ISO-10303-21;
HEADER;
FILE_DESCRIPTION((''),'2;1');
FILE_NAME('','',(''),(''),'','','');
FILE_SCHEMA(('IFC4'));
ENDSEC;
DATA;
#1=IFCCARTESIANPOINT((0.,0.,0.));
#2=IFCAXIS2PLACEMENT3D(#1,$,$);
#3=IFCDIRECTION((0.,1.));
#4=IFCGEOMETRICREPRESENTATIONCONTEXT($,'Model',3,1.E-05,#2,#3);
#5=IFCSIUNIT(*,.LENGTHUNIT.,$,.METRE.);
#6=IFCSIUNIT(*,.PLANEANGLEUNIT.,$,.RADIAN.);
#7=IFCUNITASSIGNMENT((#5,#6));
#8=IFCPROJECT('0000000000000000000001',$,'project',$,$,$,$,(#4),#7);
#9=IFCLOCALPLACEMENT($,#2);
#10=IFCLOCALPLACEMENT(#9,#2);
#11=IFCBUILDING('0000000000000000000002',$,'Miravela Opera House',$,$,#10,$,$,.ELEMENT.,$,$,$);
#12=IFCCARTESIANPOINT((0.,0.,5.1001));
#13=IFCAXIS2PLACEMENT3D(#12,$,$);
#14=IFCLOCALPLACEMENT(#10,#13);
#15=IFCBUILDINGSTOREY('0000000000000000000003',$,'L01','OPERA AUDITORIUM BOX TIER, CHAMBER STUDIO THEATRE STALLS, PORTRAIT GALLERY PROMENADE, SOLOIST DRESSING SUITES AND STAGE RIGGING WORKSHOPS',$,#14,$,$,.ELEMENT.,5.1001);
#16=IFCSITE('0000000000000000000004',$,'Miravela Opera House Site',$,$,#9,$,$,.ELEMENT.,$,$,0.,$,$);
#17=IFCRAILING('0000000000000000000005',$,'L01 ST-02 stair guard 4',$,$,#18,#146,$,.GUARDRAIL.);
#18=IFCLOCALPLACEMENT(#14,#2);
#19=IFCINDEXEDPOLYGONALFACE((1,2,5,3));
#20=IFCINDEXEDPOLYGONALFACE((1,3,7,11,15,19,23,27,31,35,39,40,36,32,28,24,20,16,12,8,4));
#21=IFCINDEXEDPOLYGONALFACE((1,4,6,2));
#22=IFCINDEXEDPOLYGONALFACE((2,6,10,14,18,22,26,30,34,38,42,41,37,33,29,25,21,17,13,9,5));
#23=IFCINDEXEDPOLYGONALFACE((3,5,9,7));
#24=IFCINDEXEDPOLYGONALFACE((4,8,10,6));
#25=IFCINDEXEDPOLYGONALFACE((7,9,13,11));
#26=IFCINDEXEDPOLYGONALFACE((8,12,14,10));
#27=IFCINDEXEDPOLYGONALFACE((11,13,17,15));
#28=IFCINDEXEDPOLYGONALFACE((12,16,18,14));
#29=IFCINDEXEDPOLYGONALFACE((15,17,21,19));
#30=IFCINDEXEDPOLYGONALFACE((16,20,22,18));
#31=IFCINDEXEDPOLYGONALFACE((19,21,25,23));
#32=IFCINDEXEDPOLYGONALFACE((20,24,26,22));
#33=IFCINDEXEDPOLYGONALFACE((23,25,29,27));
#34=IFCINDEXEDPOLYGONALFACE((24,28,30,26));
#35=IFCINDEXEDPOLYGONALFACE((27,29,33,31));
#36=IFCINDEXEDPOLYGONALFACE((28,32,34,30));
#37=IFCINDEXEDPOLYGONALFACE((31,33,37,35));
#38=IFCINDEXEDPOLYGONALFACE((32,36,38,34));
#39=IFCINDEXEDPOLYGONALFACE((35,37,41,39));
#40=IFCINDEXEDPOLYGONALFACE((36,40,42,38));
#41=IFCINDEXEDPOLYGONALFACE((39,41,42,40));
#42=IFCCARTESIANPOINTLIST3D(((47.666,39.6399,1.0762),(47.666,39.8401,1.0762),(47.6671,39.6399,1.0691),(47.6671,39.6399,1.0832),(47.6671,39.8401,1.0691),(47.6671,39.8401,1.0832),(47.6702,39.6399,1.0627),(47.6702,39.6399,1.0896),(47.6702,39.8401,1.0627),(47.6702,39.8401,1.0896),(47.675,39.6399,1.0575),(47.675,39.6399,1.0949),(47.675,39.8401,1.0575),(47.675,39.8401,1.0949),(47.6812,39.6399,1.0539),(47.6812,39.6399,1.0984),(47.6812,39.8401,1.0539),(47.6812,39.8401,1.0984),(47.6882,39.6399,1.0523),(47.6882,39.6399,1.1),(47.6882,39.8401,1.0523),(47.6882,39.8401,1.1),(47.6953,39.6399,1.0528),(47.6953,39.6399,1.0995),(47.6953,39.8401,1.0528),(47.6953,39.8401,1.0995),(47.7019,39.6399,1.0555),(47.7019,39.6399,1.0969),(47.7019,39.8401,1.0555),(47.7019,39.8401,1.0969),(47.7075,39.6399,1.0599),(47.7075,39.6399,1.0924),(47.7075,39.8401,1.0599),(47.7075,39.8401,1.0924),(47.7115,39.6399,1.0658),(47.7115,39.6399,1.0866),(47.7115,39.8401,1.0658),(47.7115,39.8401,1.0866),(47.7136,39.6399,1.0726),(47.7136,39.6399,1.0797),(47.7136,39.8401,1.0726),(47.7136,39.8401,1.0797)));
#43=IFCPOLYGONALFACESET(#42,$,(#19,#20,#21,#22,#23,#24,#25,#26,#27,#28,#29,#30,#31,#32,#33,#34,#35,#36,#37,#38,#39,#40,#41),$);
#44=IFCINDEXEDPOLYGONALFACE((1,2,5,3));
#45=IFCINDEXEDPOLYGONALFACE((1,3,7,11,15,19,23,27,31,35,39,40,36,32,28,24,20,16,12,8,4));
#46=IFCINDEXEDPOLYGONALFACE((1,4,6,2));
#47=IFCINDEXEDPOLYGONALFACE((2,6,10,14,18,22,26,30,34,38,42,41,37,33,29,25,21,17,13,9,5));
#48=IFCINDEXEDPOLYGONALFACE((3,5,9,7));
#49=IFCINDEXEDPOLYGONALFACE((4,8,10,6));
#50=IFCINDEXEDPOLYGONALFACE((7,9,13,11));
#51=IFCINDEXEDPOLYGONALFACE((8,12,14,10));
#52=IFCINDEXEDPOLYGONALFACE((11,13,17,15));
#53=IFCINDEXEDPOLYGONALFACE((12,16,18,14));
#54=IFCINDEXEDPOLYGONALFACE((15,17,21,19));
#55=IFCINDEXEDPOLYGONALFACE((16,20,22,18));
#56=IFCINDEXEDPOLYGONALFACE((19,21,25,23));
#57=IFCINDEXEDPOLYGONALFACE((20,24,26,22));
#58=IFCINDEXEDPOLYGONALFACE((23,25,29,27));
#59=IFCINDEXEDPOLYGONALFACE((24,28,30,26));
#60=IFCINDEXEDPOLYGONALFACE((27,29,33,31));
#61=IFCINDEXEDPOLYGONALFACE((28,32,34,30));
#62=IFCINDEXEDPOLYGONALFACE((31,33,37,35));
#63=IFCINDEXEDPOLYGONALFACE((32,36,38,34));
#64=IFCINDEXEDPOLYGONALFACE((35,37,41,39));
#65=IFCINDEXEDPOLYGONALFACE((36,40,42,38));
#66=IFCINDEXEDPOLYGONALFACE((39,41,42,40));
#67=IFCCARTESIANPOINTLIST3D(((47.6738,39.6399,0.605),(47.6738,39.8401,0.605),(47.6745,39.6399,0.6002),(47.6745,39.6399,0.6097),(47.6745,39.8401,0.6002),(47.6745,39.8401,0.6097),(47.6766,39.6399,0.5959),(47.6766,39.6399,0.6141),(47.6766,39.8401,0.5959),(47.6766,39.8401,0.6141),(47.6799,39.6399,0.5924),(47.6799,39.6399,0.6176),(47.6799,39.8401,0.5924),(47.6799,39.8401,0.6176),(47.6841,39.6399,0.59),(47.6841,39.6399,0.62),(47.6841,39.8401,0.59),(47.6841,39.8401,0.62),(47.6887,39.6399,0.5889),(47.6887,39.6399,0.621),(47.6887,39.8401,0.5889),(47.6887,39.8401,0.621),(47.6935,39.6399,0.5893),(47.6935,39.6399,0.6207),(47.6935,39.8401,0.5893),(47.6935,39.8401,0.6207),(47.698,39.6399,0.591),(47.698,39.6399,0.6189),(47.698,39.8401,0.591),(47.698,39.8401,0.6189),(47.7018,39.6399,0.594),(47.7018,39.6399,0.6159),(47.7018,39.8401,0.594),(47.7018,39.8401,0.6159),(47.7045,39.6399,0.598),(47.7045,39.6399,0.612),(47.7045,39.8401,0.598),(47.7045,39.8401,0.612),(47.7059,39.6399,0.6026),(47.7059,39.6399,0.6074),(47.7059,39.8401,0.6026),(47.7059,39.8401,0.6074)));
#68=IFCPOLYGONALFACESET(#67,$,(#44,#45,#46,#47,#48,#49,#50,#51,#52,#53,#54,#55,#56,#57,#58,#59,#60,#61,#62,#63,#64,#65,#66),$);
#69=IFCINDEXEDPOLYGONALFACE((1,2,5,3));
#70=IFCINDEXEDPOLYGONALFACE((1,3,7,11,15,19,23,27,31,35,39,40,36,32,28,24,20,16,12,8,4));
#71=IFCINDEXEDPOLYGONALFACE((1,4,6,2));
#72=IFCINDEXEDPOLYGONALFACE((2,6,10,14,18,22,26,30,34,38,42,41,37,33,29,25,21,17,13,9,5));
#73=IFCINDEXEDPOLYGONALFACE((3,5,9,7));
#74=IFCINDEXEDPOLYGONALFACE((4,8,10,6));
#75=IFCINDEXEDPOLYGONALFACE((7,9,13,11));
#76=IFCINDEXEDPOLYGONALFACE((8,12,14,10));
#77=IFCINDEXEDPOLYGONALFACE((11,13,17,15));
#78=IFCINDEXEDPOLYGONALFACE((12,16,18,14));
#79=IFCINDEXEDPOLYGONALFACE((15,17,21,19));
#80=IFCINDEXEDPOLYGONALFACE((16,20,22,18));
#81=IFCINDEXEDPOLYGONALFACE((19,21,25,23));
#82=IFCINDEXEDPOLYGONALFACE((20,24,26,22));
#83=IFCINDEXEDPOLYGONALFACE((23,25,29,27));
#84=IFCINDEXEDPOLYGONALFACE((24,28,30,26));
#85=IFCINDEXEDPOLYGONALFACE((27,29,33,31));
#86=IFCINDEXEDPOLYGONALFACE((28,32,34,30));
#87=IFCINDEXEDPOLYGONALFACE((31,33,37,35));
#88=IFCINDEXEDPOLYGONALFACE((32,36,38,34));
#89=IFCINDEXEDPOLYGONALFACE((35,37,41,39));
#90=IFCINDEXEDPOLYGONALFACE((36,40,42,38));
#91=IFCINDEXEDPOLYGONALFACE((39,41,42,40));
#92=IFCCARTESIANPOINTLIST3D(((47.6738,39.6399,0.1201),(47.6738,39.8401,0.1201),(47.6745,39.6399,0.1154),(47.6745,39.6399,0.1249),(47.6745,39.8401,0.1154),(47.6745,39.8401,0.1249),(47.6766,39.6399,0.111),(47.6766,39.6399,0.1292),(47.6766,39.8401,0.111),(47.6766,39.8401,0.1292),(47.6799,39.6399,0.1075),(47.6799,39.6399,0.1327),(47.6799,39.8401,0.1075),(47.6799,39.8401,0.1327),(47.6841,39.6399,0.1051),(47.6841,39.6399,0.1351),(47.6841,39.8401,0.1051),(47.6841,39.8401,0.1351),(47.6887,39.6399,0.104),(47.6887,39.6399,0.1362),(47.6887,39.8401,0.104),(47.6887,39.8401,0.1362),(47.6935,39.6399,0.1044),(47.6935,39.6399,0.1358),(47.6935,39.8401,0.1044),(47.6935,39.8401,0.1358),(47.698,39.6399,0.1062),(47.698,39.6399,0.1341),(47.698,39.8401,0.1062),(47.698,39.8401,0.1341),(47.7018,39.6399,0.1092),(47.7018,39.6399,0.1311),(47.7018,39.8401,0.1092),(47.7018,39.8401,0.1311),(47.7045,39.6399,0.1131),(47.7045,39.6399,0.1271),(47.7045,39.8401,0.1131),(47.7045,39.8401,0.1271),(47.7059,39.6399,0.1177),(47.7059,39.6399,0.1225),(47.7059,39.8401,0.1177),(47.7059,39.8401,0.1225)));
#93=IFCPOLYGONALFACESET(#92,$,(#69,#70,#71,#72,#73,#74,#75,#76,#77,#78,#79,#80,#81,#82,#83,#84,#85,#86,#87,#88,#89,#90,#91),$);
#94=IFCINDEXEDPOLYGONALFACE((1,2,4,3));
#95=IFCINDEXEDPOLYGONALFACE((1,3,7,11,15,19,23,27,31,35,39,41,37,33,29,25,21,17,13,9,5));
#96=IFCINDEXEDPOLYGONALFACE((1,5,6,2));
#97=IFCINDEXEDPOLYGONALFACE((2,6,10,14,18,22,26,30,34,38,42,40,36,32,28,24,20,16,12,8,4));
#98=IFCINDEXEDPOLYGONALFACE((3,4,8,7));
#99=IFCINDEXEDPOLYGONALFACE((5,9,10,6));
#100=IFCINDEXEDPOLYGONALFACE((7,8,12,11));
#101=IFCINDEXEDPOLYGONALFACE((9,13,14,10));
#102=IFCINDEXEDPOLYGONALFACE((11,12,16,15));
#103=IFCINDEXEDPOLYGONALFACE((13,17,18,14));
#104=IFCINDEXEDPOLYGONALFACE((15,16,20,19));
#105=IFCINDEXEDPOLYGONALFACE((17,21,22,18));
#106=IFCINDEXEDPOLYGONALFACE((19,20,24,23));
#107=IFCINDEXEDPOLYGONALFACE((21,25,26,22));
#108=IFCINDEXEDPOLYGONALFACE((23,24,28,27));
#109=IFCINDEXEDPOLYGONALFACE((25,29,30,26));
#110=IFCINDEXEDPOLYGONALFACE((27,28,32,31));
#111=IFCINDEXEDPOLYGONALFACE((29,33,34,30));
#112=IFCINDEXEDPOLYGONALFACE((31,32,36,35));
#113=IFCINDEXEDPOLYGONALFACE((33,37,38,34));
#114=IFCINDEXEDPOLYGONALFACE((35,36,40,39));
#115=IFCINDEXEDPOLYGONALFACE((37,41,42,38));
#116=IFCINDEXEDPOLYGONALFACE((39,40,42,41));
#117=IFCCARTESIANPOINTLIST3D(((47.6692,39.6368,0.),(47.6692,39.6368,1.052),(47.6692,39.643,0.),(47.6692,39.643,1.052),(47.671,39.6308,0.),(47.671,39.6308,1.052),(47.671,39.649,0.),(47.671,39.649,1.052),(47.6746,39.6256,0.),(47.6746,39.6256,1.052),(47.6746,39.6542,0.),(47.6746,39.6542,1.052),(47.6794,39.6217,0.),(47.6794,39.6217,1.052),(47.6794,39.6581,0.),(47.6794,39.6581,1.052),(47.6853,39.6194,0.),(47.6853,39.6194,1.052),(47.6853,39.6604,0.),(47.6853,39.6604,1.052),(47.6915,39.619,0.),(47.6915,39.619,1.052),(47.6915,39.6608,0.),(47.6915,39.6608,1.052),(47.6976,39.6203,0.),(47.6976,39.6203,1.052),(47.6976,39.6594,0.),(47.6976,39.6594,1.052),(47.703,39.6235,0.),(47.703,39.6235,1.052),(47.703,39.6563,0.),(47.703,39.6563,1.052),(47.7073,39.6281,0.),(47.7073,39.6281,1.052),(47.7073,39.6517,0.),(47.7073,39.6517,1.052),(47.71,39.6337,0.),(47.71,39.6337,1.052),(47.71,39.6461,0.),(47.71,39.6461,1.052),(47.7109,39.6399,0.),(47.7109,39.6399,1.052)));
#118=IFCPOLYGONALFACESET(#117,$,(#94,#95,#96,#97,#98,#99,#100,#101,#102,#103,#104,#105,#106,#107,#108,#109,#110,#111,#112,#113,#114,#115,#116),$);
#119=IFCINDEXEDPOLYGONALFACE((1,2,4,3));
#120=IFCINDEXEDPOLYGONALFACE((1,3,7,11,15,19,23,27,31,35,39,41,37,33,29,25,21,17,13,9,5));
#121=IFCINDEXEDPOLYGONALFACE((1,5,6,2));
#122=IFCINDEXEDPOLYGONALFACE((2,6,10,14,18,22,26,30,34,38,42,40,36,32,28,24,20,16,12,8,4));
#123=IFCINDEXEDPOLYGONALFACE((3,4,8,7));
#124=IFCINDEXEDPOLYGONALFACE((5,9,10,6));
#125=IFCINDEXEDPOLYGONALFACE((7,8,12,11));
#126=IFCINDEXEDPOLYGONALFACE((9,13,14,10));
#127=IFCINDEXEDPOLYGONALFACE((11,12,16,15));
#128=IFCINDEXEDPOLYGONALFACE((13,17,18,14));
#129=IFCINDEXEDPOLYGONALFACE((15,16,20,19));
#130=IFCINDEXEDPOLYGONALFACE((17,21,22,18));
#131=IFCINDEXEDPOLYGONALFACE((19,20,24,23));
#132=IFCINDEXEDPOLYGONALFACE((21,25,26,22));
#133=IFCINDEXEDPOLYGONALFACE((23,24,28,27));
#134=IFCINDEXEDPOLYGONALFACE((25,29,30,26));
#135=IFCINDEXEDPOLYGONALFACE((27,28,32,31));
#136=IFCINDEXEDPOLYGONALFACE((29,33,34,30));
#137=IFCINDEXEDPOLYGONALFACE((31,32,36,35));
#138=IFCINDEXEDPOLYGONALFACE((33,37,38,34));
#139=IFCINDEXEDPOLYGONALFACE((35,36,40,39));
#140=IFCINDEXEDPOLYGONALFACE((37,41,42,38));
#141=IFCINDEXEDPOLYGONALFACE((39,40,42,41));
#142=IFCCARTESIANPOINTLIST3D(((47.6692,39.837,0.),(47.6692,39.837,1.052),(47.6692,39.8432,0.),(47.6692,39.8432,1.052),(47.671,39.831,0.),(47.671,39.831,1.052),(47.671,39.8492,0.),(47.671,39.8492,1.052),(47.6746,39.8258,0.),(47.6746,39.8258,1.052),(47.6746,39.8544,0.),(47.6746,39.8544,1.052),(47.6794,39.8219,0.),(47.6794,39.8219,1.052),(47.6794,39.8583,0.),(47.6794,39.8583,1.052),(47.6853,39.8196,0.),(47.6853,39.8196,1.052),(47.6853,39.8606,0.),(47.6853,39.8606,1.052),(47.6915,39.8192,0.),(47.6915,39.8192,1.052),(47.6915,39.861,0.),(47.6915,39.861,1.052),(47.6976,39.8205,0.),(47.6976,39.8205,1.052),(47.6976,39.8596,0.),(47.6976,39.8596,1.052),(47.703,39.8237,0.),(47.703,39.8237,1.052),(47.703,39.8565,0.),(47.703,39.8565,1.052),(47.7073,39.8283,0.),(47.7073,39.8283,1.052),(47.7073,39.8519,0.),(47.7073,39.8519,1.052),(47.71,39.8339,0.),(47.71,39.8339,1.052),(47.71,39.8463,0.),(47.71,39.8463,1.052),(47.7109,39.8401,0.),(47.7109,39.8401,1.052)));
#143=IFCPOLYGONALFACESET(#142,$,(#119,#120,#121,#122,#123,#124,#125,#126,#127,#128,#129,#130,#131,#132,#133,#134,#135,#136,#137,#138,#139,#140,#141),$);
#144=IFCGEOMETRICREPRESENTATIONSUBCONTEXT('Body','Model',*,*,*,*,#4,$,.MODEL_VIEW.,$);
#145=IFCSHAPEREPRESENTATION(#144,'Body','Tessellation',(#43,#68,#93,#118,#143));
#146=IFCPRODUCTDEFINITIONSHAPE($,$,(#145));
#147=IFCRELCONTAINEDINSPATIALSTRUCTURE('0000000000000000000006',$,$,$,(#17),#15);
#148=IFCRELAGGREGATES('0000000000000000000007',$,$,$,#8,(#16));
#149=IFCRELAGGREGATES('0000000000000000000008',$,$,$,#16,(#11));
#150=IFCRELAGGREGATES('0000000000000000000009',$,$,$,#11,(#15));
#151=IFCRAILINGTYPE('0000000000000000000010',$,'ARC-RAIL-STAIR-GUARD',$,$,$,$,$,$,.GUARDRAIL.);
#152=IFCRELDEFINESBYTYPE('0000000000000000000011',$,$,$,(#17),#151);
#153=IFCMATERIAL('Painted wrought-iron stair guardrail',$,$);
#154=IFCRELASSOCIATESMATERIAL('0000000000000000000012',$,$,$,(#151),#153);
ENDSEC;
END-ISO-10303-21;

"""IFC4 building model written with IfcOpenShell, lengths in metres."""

from ifc_helpers import new_model, si_unit, direction, frame, origin, origin_2d, place, context, subcontext, project, spatial, circle, extrude, material, type_object, element, save


model = new_model("IFC4")

# Units and contexts
model_context = context("Model", 3, precision=1e-05, world=origin(), true_north=direction((0.0, 1.0)))
body_context = subcontext(model_context, "Body", "Model", "MODEL_VIEW")
ifc_project = project(units=[si_unit("LENGTHUNIT", "METRE"), si_unit("PLANEANGLEUNIT", "RADIAN")], contexts=[model_context])

# Site, building, storey
site_placement = place(None, origin())
site = spatial("IfcSite", under=ifc_project, at=site_placement, Name="Miravela Opera House Site", CompositionType="ELEMENT", RefElevation=0.0)
building_placement = place(site_placement, origin())
building = spatial("IfcBuilding", under=site, at=building_placement, Name="Miravela Opera House", CompositionType="ELEMENT")
storey_placement = place(building_placement, frame((0.0, 0.0, 5.1001)))
storey = spatial("IfcBuildingStorey", under=building, at=storey_placement, Name="L01", Description="OPERA AUDITORIUM BOX TIER, CHAMBER STUDIO THEATRE STALLS, PORTRAIT GALLERY PROMENADE, SOLOIST DRESSING SUITES AND STAGE RIGGING WORKSHOPS", CompositionType="ELEMENT", Elevation=5.1001)

# Railing
ifc_material_1 = material(Name="Painted wrought-iron stair guardrail")
railing_type_1 = type_object("IfcRailingType", Name="ARC-RAIL-STAIR-GUARD", PredefinedType="GUARDRAIL", material=ifc_material_1)
railing_1_placement = place(storey_placement, frame((47.6899, 39.6399, 0.0)))
element("IfcRailing", 1, at=railing_1_placement, inside=storey, type_object=railing_type_1, Name="L01 ST-02 stair guard 4", PredefinedType="GUARDRAIL", context=body_context, shape_type="SweptSolid", body=[
    extrude(circle(Radius=0.0239, at=origin_2d()), frame((0.0, 0.0, 1.0762), z_axis=(0.0, 1.0, 0.0), x_axis=(-1.0, 0.0, 0.0)), (0.0, 0.0, 1.0), 0.2002),
    extrude(circle(Radius=0.0161, at=origin_2d()), frame((0.0, 0.0, 0.605), z_axis=(0.0, 1.0, 0.0), x_axis=(-1.0, 0.0, 0.0)), (0.0, 0.0, 1.0), 0.2002),
    extrude(circle(Radius=0.0161, at=origin_2d()), frame((0.0, 0.0, 0.1201), z_axis=(0.0, 1.0, 0.0), x_axis=(-1.0, 0.0, 0.0)), (0.0, 0.0, 1.0), 0.2002),
    extrude(circle(Radius=0.021, at=origin_2d()), origin(), (0.0, 0.0, 1.0), 1.052),
    extrude(circle(Radius=0.021, at=origin_2d()), frame((0.0, 0.2002, 0.0)), (0.0, 0.0, 1.0), 1.052),
])

save(model, "model.ifc")
